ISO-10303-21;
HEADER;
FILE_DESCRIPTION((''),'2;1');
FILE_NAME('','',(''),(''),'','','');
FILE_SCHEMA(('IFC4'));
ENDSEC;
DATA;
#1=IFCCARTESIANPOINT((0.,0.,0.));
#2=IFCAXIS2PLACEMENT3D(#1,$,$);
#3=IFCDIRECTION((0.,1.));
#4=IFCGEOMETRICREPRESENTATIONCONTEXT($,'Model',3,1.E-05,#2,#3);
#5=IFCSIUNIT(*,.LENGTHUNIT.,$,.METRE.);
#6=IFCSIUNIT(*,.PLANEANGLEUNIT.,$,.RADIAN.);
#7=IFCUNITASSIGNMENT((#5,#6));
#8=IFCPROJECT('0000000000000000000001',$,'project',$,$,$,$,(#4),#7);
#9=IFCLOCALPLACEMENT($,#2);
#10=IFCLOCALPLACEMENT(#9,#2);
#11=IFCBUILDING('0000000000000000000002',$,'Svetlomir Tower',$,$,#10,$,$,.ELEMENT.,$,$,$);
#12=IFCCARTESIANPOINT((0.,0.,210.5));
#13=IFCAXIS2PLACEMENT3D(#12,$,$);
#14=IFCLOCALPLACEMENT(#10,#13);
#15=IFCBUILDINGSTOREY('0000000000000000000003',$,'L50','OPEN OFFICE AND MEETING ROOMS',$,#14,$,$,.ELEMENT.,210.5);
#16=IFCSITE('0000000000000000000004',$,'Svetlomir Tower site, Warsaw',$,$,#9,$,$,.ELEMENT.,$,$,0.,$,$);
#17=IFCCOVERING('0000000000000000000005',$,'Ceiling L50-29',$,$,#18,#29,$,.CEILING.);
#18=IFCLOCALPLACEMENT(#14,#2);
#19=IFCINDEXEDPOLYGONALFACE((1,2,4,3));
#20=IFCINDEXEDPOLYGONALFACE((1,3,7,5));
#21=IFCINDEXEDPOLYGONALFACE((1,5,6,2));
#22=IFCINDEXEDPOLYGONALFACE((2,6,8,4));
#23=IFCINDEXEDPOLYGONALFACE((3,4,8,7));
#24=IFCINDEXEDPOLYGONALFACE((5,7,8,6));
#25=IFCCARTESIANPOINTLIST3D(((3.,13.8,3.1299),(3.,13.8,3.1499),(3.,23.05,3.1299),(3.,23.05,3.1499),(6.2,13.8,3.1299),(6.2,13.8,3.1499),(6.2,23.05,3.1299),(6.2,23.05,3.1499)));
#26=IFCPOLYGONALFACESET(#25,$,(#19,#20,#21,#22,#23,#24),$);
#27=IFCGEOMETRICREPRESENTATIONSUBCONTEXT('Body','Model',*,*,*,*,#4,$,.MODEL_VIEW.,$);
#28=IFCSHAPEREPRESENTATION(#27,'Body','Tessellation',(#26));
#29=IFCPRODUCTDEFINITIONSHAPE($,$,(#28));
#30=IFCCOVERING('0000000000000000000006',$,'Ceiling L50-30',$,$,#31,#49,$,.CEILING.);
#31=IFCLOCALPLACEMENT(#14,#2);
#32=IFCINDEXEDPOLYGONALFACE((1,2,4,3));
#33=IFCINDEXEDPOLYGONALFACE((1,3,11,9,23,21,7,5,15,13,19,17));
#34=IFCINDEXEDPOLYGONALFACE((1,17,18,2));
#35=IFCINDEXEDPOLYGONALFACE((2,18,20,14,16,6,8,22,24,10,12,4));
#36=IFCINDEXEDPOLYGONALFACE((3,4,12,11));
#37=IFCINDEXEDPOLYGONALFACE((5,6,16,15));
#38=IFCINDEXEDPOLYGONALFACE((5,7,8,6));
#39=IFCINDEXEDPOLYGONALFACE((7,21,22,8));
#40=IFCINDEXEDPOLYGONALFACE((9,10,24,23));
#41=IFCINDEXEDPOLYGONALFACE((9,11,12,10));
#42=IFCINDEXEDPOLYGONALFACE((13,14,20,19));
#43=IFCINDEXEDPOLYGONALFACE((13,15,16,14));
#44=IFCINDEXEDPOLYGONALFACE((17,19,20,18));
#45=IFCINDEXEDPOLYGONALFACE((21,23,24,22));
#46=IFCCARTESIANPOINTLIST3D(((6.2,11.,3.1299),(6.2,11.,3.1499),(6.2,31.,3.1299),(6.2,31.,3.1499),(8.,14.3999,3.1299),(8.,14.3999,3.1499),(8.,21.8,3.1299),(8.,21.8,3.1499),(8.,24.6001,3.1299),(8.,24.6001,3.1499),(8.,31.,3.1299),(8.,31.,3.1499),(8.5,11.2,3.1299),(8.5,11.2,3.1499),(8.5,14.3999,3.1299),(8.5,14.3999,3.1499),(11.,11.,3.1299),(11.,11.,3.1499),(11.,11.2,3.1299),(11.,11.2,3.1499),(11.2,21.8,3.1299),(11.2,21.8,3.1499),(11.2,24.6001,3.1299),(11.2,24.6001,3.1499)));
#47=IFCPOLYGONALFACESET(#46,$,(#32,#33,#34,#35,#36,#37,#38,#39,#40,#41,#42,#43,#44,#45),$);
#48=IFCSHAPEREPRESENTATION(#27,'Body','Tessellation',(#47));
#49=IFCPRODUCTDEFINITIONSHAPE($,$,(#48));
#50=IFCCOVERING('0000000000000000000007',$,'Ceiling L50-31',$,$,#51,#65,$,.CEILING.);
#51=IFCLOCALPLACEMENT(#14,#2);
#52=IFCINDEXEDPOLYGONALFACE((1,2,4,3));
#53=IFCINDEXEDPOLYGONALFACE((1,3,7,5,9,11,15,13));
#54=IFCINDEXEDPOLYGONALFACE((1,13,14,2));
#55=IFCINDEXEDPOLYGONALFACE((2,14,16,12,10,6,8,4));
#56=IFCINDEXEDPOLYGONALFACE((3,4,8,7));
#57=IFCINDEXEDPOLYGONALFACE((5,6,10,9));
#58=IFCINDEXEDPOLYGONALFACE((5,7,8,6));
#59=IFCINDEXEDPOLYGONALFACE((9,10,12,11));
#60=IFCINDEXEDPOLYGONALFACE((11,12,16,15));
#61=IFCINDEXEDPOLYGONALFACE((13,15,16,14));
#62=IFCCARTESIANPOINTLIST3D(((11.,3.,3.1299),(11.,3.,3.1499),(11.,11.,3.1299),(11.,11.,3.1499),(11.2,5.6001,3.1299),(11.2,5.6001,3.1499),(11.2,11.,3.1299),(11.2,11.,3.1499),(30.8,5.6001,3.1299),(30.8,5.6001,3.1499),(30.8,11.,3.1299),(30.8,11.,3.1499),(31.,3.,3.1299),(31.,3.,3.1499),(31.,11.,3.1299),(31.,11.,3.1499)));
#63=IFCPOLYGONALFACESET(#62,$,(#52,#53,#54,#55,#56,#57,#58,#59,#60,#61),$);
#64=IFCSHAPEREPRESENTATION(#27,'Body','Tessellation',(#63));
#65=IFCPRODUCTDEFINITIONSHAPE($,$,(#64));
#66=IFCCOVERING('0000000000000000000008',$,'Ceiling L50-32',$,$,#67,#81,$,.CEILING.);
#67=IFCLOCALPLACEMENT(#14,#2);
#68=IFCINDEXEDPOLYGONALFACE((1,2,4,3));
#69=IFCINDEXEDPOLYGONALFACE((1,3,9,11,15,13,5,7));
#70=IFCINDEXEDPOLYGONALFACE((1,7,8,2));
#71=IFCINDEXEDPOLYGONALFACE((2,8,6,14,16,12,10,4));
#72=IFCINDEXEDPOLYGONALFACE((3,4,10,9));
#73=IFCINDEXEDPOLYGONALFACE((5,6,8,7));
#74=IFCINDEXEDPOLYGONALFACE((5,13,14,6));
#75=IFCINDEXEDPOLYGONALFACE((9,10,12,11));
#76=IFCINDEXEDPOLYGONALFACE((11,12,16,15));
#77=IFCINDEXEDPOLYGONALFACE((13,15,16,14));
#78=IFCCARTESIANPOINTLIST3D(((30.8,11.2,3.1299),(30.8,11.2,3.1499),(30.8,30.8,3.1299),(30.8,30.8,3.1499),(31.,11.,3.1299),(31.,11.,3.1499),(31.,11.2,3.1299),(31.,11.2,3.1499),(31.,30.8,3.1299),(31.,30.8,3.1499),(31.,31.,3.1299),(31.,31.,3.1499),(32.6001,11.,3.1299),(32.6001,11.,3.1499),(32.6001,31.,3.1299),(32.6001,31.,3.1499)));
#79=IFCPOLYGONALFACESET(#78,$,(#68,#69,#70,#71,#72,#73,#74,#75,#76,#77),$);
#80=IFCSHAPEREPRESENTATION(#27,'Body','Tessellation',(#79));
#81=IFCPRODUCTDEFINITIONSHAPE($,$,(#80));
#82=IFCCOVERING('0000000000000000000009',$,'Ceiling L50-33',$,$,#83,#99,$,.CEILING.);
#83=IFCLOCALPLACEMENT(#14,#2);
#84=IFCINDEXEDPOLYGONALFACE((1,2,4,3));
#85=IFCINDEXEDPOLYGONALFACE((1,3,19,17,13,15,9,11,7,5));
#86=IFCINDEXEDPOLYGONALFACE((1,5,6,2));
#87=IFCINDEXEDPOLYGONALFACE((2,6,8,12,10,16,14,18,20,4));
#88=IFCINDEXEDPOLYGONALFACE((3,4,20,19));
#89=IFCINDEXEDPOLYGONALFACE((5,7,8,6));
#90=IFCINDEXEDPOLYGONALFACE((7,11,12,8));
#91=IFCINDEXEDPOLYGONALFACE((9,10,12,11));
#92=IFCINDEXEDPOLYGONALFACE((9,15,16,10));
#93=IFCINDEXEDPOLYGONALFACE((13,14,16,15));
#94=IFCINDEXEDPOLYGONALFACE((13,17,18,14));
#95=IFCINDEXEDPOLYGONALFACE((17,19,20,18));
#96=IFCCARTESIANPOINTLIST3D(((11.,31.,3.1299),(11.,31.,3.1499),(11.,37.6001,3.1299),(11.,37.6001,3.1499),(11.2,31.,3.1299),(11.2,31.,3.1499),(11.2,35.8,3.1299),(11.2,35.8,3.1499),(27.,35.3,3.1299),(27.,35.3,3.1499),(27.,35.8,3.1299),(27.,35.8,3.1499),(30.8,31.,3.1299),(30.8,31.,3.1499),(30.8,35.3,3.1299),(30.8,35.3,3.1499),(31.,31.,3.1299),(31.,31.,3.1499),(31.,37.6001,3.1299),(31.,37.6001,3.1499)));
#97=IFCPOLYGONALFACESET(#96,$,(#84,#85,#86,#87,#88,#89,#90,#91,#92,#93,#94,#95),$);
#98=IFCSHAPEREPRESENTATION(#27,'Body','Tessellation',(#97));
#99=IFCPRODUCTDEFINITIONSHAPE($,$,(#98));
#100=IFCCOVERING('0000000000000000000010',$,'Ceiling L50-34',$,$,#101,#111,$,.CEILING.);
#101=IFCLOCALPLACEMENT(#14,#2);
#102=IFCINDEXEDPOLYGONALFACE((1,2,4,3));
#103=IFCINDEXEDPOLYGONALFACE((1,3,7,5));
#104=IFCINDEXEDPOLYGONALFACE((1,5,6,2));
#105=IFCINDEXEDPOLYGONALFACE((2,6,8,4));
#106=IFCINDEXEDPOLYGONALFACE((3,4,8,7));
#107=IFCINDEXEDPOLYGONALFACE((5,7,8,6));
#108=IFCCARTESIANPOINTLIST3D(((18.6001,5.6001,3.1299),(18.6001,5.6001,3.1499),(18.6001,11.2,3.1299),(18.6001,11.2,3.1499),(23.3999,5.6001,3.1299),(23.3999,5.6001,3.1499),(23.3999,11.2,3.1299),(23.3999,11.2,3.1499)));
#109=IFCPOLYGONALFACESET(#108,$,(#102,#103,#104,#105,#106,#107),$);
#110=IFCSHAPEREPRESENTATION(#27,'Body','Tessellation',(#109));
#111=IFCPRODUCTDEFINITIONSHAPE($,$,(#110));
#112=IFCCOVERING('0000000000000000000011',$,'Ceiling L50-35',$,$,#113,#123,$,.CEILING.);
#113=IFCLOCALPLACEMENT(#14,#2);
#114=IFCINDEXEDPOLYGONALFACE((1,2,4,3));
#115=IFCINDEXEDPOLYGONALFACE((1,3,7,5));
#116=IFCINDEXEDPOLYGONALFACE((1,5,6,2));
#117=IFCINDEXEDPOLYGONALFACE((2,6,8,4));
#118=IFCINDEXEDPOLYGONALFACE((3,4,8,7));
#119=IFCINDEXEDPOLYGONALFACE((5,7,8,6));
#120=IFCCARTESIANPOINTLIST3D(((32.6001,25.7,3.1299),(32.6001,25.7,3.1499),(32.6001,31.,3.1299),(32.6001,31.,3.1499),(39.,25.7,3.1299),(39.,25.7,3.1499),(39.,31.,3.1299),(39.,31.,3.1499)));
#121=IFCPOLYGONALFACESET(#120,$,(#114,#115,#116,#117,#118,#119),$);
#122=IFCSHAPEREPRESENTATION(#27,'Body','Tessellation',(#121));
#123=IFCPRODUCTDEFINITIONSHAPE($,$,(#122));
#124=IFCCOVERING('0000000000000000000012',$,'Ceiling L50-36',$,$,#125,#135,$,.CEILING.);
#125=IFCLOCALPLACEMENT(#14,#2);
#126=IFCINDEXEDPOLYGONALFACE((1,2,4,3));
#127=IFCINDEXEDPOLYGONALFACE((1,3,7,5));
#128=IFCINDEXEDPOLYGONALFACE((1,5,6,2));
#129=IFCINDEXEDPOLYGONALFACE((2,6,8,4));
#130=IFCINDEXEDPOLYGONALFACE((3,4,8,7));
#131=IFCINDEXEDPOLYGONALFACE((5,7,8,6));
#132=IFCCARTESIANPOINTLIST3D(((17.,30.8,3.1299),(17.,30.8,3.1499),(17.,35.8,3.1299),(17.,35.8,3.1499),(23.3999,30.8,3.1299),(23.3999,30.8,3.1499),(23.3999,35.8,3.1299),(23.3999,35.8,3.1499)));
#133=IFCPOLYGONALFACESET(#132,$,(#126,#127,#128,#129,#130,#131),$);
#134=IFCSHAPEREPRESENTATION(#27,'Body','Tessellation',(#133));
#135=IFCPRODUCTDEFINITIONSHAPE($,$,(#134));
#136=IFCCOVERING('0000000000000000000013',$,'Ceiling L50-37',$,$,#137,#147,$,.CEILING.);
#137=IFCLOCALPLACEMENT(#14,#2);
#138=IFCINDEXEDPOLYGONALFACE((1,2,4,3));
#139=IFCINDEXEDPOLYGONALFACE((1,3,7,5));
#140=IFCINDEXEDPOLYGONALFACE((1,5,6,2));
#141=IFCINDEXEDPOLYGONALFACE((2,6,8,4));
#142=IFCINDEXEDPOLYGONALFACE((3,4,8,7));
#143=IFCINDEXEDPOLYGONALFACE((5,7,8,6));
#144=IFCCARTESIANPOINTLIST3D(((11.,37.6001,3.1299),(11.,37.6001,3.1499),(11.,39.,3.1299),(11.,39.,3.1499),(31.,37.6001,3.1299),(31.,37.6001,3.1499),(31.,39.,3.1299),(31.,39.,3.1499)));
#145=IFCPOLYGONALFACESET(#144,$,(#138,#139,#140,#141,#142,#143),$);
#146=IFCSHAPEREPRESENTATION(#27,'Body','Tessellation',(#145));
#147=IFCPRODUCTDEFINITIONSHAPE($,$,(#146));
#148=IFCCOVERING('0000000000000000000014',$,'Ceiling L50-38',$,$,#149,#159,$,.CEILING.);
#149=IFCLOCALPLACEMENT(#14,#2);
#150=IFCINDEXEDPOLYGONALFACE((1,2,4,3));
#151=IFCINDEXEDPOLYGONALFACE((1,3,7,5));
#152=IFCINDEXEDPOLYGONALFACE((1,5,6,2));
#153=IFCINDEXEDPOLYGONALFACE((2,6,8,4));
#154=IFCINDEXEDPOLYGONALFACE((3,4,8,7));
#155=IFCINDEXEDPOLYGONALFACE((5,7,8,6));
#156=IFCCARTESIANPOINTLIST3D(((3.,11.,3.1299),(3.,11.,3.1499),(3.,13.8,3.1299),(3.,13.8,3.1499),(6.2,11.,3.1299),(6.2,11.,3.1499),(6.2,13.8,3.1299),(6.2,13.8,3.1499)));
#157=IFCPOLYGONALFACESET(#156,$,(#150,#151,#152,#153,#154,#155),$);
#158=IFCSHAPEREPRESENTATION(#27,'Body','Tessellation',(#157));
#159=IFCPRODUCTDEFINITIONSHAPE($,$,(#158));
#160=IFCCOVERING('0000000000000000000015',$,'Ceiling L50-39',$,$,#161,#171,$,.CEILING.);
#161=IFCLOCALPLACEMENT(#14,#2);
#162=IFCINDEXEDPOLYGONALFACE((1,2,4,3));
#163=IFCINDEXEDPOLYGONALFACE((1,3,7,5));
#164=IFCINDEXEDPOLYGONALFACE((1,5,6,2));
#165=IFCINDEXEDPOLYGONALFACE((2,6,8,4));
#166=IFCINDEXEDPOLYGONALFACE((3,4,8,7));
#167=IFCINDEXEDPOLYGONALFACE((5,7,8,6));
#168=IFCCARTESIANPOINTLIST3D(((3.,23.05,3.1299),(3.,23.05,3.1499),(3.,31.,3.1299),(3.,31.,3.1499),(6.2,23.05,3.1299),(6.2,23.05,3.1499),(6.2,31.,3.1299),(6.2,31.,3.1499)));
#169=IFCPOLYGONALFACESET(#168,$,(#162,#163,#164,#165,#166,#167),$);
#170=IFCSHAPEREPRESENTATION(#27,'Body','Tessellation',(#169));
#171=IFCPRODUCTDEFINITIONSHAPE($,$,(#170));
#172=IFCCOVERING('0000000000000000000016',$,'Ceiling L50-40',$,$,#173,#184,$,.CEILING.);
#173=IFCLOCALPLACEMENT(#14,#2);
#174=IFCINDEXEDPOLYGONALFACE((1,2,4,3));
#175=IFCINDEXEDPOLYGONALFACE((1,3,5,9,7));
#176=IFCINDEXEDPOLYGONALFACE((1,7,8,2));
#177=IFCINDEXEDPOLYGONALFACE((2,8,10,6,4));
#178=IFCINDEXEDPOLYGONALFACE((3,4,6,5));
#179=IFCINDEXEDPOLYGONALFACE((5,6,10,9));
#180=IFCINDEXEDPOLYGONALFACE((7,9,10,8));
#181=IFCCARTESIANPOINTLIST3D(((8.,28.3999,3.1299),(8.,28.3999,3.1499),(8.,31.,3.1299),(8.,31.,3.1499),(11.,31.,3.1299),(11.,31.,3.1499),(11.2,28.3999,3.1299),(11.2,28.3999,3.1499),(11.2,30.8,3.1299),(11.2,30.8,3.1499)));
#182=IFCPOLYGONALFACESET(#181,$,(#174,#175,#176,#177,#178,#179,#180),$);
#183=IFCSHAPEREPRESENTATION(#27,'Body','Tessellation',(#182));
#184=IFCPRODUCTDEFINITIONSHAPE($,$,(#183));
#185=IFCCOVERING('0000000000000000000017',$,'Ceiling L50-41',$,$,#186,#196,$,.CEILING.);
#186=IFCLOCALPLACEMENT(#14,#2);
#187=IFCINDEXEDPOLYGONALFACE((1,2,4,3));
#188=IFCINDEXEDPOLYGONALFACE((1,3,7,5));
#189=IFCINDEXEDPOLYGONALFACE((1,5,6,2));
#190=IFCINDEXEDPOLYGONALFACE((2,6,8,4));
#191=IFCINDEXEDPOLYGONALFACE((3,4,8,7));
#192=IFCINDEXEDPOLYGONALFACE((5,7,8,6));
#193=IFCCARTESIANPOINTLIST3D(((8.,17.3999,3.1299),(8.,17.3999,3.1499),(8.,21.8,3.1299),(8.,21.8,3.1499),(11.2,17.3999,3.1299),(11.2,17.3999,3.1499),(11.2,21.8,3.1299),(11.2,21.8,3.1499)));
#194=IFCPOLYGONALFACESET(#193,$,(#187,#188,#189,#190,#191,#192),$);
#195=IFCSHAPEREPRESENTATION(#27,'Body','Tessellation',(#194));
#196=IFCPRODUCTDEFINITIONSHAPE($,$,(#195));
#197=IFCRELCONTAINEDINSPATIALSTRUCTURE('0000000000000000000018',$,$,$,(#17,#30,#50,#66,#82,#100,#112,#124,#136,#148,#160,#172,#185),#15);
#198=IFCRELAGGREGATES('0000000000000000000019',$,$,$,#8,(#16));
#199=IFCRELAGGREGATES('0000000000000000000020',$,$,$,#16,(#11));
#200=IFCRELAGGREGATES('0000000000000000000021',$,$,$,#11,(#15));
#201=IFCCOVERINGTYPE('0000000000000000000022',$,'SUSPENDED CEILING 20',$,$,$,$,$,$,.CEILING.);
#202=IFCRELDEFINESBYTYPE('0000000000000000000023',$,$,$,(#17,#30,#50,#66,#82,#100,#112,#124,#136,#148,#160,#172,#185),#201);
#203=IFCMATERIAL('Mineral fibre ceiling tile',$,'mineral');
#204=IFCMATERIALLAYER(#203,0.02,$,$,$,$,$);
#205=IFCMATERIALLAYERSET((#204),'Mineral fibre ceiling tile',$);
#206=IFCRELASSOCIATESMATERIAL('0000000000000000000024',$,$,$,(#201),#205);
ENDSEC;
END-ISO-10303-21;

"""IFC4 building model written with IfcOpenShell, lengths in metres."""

from ifc_helpers import new_model, si_unit, direction, frame, origin, place, context, subcontext, project, spatial, polyline, outline, extrude, material, layer, layer_set, type_object, element, save


model = new_model("IFC4")

# Units and contexts
model_context = context("Model", 3, precision=1e-05, world=origin(), true_north=direction((0.0, 1.0)))
body_context = subcontext(model_context, "Body", "Model", "MODEL_VIEW")
ifc_project = project(units=[si_unit("LENGTHUNIT", "METRE"), si_unit("PLANEANGLEUNIT", "RADIAN")], contexts=[model_context])

# Site, building, storey
site_placement = place(None, origin())
site = spatial("IfcSite", under=ifc_project, at=site_placement, Name="Svetlomir Tower site, Warsaw", CompositionType="ELEMENT", RefElevation=0.0)
building_placement = place(site_placement, origin())
building = spatial("IfcBuilding", under=site, at=building_placement, Name="Svetlomir Tower", CompositionType="ELEMENT")
storey_placement = place(building_placement, frame((0.0, 0.0, 210.5)))
storey = spatial("IfcBuildingStorey", under=building, at=storey_placement, Name="L50", Description="OPEN OFFICE AND MEETING ROOMS", CompositionType="ELEMENT", Elevation=210.5)

# Coverings
ifc_material_1 = material(Name="Mineral fibre ceiling tile", Category="mineral")
ifc_layer_1 = layer(ifc_material_1, 0.02)
ifc_layer_set_1 = layer_set([ifc_layer_1], Name="Mineral fibre ceiling tile")
covering_type_1 = type_object("IfcCoveringType", Name="SUSPENDED CEILING 20", PredefinedType="CEILING", material=ifc_layer_set_1)
covering_1_placement = place(storey_placement, frame((0.0, 0.0, 3.1299)))
element("IfcCovering", 1, at=covering_1_placement, inside=storey, type_object=covering_type_1, Name="Ceiling L50-29", PredefinedType="CEILING", context=body_context, shape_type="SweptSolid", body=[
    extrude(outline(polyline([(3.0, 13.8), (6.2, 13.8), (6.2, 23.05), (3.0, 23.05), (3.0, 13.8)])), origin(), (0.0, 0.0, 1.0), 0.02),
])
covering_2_placement = place(storey_placement, frame((0.0, 0.0, 3.1299)))
element("IfcCovering", 2, at=covering_2_placement, inside=storey, type_object=covering_type_1, Name="Ceiling L50-30", PredefinedType="CEILING", context=body_context, shape_type="SweptSolid", body=[
    extrude(outline(polyline([(6.2, 11.0), (6.2, 31.0), (8.0, 31.0), (8.0, 24.6001), (11.2, 24.6001), (11.2, 21.8), (8.0, 21.8), (8.0, 14.3999), (8.5, 14.3999), (8.5, 11.2), (11.0, 11.2), (11.0, 11.0), (6.2, 11.0)])), origin(), (0.0, 0.0, 1.0), 0.02),
])
covering_3_placement = place(storey_placement, frame((0.0, 0.0, 3.1299)))
element("IfcCovering", 3, at=covering_3_placement, inside=storey, type_object=covering_type_1, Name="Ceiling L50-31", PredefinedType="CEILING", context=body_context, shape_type="SweptSolid", body=[
    extrude(outline(polyline([(11.2, 5.6001), (30.8, 5.6001), (30.8, 11.0), (31.0, 11.0), (31.0, 3.0), (11.0, 3.0), (11.0, 11.0), (11.2, 11.0), (11.2, 5.6001)])), origin(), (0.0, 0.0, 1.0), 0.02),
])
covering_4_placement = place(storey_placement, frame((0.0, 0.0, 3.1299)))
element("IfcCovering", 4, at=covering_4_placement, inside=storey, type_object=covering_type_1, Name="Ceiling L50-32", PredefinedType="CEILING", context=body_context, shape_type="SweptSolid", body=[
    extrude(outline(polyline([(30.8, 11.2), (30.8, 30.8), (31.0, 30.8), (31.0, 31.0), (32.6001, 31.0), (32.6001, 11.0), (31.0, 11.0), (31.0, 11.2), (30.8, 11.2)])), origin(), (0.0, 0.0, 1.0), 0.02),
])
covering_5_placement = place(storey_placement, frame((0.0, 0.0, 3.1299)))
element("IfcCovering", 5, at=covering_5_placement, inside=storey, type_object=covering_type_1, Name="Ceiling L50-33", PredefinedType="CEILING", context=body_context, shape_type="SweptSolid", body=[
    extrude(outline(polyline([(30.8, 35.3), (27.0, 35.3), (27.0, 35.8), (11.2, 35.8), (11.2, 31.0), (11.0, 31.0), (11.0, 37.6001), (31.0, 37.6001), (31.0, 31.0), (30.8, 31.0), (30.8, 35.3)])), origin(), (0.0, 0.0, 1.0), 0.02),
])
covering_6_placement = place(storey_placement, frame((0.0, 0.0, 3.1299)))
element("IfcCovering", 6, at=covering_6_placement, inside=storey, type_object=covering_type_1, Name="Ceiling L50-34", PredefinedType="CEILING", context=body_context, shape_type="SweptSolid", body=[
    extrude(outline(polyline([(23.3999, 11.2), (23.3999, 5.6001), (18.6001, 5.6001), (18.6001, 11.2), (23.3999, 11.2)])), origin(), (0.0, 0.0, 1.0), 0.02),
])
covering_7_placement = place(storey_placement, frame((0.0, 0.0, 3.1299)))
element("IfcCovering", 7, at=covering_7_placement, inside=storey, type_object=covering_type_1, Name="Ceiling L50-35", PredefinedType="CEILING", context=body_context, shape_type="SweptSolid", body=[
    extrude(outline(polyline([(32.6001, 25.7), (32.6001, 31.0), (39.0, 31.0), (39.0, 25.7), (32.6001, 25.7)])), origin(), (0.0, 0.0, 1.0), 0.02),
])
covering_8_placement = place(storey_placement, frame((0.0, 0.0, 3.1299)))
element("IfcCovering", 8, at=covering_8_placement, inside=storey, type_object=covering_type_1, Name="Ceiling L50-36", PredefinedType="CEILING", context=body_context, shape_type="SweptSolid", body=[
    extrude(outline(polyline([(17.0, 30.8), (17.0, 35.8), (23.3999, 35.8), (23.3999, 30.8), (17.0, 30.8)])), origin(), (0.0, 0.0, 1.0), 0.02),
])
covering_9_placement = place(storey_placement, frame((0.0, 0.0, 3.1299)))
element("IfcCovering", 9, at=covering_9_placement, inside=storey, type_object=covering_type_1, Name="Ceiling L50-37", PredefinedType="CEILING", context=body_context, shape_type="SweptSolid", body=[
    extrude(outline(polyline([(31.0, 39.0), (31.0, 37.6001), (11.0, 37.6001), (11.0, 39.0), (31.0, 39.0)])), origin(), (0.0, 0.0, 1.0), 0.02),
])
covering_10_placement = place(storey_placement, frame((0.0, 0.0, 3.1299)))
element("IfcCovering", 10, at=covering_10_placement, inside=storey, type_object=covering_type_1, Name="Ceiling L50-38", PredefinedType="CEILING", context=body_context, shape_type="SweptSolid", body=[
    extrude(outline(polyline([(3.0, 13.8), (6.2, 13.8), (6.2, 11.0), (3.0, 11.0), (3.0, 13.8)])), origin(), (0.0, 0.0, 1.0), 0.02),
])
covering_11_placement = place(storey_placement, frame((0.0, 0.0, 3.1299)))
element("IfcCovering", 11, at=covering_11_placement, inside=storey, type_object=covering_type_1, Name="Ceiling L50-39", PredefinedType="CEILING", context=body_context, shape_type="SweptSolid", body=[
    extrude(outline(polyline([(3.0, 31.0), (6.2, 31.0), (6.2, 23.05), (3.0, 23.05), (3.0, 31.0)])), origin(), (0.0, 0.0, 1.0), 0.02),
])
covering_12_placement = place(storey_placement, frame((0.0, 0.0, 3.1299)))
element("IfcCovering", 12, at=covering_12_placement, inside=storey, type_object=covering_type_1, Name="Ceiling L50-40", PredefinedType="CEILING", context=body_context, shape_type="SweptSolid", body=[
    extrude(outline(polyline([(11.2, 28.3999), (8.0, 28.3999), (8.0, 31.0), (11.0, 31.0), (11.2, 30.8), (11.2, 28.3999)])), origin(), (0.0, 0.0, 1.0), 0.02),
])
covering_13_placement = place(storey_placement, frame((0.0, 0.0, 3.1299)))
element("IfcCovering", 13, at=covering_13_placement, inside=storey, type_object=covering_type_1, Name="Ceiling L50-41", PredefinedType="CEILING", context=body_context, shape_type="SweptSolid", body=[
    extrude(outline(polyline([(8.0, 17.3999), (8.0, 21.8), (11.2, 21.8), (11.2, 17.3999), (8.0, 17.3999)])), origin(), (0.0, 0.0, 1.0), 0.02),
])

save(model, "model.ifc")
